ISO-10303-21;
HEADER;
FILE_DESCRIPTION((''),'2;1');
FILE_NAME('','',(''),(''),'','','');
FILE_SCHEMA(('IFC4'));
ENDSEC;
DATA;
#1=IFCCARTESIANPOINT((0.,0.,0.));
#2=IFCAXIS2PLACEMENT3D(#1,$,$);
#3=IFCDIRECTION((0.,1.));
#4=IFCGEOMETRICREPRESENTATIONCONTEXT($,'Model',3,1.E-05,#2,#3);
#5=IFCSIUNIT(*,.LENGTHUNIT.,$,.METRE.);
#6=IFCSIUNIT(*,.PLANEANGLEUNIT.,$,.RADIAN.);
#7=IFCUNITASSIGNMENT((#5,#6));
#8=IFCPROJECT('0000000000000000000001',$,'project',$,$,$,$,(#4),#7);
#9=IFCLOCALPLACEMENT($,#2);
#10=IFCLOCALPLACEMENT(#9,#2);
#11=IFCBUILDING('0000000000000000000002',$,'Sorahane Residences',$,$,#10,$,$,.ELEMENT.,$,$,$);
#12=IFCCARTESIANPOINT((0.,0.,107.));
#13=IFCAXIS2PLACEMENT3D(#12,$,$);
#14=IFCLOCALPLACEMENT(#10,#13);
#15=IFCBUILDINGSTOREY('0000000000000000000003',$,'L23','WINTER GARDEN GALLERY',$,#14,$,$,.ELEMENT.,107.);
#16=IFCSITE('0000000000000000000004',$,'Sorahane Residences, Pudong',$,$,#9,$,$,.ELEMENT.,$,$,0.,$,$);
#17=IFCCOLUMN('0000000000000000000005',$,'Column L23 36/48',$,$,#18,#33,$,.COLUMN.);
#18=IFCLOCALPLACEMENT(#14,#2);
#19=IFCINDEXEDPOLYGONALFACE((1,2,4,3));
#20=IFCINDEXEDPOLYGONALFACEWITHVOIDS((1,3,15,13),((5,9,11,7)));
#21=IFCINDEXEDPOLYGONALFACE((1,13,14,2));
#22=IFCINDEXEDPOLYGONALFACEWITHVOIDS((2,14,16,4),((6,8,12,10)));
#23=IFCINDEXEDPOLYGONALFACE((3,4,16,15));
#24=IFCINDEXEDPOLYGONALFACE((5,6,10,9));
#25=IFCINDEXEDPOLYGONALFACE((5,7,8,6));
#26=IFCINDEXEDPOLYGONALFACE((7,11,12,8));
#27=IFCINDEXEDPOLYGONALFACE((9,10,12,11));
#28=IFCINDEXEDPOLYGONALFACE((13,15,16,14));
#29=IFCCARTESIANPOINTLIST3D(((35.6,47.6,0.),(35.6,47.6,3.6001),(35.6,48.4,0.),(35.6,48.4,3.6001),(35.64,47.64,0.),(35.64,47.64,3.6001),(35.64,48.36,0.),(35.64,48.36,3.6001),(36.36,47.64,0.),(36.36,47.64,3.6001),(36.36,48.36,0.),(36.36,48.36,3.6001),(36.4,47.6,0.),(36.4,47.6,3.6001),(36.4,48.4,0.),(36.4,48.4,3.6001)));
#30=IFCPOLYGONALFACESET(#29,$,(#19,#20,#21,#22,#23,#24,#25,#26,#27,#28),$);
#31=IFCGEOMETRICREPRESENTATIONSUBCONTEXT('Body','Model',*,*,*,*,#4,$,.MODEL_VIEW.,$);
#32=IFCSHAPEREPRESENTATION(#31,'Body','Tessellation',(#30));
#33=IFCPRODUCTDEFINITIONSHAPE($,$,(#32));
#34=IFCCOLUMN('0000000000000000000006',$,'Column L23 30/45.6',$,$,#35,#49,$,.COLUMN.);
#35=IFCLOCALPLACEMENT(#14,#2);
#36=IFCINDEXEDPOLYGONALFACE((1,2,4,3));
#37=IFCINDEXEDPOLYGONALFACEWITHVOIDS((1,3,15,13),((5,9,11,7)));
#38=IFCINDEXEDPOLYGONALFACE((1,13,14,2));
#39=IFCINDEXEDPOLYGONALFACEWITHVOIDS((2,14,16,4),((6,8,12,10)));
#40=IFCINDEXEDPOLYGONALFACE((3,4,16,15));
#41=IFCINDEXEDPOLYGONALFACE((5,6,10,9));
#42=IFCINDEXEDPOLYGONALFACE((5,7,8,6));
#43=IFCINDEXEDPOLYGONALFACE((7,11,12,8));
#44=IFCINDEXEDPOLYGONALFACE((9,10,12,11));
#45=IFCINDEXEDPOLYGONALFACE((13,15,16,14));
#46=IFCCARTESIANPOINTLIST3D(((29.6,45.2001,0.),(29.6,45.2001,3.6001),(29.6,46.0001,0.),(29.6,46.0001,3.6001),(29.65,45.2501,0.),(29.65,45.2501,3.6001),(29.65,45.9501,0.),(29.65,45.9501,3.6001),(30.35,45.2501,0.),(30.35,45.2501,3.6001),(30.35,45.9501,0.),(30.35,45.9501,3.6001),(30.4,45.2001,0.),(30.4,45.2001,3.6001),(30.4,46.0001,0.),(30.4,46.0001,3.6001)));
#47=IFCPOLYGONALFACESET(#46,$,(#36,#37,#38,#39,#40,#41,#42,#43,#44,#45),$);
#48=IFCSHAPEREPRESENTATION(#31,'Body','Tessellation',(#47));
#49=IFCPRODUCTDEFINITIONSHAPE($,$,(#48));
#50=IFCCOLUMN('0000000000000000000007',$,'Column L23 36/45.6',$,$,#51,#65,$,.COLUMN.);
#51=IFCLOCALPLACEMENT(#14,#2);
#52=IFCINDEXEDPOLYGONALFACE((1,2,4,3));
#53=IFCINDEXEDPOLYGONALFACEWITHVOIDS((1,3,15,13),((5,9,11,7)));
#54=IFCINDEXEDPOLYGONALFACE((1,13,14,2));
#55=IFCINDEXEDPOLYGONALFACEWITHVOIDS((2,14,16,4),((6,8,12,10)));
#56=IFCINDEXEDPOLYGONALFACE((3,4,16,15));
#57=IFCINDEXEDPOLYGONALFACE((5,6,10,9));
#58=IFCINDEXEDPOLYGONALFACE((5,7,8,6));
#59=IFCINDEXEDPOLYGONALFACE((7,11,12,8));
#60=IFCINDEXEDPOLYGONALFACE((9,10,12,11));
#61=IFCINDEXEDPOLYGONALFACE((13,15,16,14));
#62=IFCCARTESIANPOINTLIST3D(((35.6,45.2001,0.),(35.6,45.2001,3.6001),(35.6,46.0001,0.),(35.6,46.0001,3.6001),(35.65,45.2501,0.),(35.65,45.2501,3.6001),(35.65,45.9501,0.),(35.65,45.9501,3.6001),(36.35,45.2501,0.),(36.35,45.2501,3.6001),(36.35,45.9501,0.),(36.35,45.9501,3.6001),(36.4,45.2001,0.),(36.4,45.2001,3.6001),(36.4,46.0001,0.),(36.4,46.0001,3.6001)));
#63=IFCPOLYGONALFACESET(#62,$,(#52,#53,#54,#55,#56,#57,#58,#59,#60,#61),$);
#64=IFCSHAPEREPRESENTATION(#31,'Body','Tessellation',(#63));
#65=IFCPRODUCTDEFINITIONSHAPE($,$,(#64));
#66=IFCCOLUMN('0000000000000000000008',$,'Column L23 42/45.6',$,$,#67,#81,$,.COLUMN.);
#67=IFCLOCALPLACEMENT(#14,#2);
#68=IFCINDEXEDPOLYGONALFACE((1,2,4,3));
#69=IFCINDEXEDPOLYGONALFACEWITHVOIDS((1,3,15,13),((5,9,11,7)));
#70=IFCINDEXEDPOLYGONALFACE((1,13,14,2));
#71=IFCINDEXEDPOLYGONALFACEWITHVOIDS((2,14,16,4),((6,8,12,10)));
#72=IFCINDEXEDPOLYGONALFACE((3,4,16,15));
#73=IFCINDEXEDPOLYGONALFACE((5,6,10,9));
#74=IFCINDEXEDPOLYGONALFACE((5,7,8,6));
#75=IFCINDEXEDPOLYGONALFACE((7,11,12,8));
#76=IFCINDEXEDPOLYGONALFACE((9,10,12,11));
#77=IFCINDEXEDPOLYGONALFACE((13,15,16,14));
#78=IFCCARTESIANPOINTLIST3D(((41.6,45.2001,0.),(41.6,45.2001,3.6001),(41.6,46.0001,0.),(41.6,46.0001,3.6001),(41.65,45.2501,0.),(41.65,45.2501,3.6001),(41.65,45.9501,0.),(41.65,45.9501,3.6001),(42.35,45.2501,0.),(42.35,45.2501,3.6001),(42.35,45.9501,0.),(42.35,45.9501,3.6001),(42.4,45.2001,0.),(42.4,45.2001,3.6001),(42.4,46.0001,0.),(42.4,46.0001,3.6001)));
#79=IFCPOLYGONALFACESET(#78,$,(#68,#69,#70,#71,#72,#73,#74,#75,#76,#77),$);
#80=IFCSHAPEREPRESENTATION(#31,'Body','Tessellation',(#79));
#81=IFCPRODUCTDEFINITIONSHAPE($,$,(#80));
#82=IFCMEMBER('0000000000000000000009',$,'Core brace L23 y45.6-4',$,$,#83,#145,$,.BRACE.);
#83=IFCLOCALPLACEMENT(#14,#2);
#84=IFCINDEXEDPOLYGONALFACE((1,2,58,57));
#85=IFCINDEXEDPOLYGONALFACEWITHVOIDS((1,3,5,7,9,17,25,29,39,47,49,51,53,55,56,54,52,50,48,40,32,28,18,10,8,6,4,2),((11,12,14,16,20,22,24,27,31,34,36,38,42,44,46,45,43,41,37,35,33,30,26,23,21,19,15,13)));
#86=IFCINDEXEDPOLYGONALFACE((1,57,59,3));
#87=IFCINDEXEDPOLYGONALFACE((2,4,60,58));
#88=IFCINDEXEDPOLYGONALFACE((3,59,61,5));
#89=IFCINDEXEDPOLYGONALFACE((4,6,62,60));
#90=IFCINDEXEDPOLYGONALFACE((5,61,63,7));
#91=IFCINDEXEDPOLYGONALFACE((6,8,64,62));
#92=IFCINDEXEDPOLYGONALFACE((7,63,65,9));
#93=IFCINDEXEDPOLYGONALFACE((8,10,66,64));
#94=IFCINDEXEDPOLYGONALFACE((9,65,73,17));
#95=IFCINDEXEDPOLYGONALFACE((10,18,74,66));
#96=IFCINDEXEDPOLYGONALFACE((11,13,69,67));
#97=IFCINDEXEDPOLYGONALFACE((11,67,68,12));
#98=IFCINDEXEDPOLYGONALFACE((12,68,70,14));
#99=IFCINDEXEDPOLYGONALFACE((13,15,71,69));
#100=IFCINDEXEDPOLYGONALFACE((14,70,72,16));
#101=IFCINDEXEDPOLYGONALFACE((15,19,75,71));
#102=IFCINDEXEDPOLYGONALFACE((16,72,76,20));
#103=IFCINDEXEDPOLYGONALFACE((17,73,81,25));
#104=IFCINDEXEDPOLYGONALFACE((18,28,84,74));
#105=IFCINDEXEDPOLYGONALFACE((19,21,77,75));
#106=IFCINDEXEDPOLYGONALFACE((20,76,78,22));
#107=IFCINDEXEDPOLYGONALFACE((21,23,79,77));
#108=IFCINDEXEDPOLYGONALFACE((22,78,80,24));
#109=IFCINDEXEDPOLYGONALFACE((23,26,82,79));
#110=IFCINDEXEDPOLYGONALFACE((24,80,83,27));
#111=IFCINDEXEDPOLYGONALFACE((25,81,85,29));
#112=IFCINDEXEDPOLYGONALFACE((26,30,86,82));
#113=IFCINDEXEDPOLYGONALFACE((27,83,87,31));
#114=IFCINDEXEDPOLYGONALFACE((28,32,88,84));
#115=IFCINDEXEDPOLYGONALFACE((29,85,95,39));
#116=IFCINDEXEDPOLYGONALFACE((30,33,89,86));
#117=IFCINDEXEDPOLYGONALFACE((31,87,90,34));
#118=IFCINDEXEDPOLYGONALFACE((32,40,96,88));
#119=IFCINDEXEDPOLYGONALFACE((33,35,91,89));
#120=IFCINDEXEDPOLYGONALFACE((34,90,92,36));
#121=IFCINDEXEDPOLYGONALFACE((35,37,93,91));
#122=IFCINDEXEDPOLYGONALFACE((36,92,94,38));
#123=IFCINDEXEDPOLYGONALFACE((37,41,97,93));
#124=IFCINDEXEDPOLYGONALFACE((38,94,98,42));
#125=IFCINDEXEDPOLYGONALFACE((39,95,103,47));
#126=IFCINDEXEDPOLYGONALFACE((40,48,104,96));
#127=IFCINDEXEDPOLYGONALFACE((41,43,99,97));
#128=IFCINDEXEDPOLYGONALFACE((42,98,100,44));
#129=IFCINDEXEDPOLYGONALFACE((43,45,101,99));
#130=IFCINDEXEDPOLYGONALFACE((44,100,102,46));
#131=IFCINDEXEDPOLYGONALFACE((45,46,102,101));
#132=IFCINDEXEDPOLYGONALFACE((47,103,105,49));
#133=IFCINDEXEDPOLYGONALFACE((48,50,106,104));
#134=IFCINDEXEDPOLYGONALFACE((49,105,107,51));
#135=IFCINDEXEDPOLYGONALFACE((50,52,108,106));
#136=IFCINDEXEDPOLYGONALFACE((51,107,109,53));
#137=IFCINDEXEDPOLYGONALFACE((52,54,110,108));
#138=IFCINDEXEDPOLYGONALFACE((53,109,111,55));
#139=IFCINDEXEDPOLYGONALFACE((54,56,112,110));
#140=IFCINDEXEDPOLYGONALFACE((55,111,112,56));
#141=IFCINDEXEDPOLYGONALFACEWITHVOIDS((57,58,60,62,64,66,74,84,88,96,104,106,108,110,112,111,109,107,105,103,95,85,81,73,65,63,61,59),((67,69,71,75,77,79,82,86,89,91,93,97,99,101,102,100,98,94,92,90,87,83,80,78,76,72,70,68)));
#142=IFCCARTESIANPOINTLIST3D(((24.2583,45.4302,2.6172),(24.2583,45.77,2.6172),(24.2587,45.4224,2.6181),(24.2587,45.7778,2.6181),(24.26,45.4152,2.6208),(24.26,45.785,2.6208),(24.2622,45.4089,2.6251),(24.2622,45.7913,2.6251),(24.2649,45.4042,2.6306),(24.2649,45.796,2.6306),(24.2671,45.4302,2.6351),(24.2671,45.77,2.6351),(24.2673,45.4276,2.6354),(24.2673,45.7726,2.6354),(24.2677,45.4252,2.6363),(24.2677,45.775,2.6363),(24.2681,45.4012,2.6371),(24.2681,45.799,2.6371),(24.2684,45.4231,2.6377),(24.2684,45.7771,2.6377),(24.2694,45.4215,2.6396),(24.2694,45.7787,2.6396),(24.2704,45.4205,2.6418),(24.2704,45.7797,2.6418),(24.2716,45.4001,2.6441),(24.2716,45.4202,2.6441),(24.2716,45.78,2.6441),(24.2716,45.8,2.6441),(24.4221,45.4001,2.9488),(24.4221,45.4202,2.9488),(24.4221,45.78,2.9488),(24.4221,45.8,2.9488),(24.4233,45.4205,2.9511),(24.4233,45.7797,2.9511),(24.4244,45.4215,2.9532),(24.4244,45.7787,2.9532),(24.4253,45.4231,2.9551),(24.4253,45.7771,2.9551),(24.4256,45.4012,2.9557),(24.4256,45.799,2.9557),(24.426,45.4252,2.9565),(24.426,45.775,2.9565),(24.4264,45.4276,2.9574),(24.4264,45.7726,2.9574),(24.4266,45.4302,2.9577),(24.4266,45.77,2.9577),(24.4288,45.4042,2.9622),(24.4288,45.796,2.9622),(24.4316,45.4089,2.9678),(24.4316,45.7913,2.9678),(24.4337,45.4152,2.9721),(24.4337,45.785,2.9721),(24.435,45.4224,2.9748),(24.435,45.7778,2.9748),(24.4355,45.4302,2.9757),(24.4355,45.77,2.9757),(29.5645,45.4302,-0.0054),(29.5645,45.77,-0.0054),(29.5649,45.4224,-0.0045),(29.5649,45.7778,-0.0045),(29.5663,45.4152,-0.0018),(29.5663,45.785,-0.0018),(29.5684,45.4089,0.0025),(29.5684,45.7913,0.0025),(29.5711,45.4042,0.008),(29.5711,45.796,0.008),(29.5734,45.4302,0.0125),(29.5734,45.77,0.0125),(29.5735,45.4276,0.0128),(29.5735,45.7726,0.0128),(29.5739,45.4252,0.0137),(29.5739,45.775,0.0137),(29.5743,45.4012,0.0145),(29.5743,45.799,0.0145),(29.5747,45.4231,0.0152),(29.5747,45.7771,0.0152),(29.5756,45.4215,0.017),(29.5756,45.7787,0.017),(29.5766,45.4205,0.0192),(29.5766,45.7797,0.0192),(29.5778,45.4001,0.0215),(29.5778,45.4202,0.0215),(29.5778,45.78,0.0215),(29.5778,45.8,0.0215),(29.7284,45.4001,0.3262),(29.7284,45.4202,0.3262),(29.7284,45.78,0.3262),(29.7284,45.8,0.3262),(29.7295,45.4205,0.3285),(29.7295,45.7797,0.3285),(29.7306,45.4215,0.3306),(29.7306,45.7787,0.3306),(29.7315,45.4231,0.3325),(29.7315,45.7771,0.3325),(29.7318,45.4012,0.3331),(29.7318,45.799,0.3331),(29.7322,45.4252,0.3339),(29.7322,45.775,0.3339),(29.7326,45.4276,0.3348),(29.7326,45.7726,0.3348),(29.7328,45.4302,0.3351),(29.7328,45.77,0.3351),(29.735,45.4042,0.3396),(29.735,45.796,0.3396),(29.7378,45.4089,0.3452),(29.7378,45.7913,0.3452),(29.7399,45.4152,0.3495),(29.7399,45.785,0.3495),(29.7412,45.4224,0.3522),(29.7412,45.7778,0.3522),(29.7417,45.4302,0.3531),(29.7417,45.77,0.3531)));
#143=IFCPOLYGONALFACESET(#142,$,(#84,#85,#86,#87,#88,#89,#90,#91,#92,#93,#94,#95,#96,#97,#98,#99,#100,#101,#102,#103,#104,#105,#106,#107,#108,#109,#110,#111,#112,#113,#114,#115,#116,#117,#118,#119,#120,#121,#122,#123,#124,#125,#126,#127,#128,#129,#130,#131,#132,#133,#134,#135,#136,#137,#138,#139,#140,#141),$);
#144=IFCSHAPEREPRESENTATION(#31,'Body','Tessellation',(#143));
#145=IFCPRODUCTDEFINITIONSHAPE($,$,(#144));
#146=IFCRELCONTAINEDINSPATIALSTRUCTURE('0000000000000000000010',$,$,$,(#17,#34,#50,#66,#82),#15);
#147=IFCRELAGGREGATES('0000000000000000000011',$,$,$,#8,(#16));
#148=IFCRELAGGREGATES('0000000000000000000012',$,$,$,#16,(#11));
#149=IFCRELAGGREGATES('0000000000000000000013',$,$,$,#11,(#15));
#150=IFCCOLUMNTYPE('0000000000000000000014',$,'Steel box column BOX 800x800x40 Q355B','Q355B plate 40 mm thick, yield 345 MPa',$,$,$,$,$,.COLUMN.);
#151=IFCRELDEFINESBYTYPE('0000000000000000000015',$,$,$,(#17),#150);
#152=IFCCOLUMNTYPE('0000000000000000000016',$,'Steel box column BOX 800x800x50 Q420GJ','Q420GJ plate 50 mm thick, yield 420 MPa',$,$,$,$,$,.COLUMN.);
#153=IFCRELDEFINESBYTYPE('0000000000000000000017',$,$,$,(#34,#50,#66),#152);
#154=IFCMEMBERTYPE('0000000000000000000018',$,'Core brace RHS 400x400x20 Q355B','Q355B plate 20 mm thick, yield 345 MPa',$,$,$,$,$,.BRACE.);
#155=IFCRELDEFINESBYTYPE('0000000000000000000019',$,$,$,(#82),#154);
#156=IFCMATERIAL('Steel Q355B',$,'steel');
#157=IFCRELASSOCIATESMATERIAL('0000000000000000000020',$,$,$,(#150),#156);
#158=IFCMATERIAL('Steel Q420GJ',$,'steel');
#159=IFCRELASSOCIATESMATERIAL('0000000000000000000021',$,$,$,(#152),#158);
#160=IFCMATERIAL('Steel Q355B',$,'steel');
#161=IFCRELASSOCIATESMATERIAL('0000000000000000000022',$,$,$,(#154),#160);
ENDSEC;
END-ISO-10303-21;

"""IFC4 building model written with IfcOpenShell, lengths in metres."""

from ifc_helpers import new_model, si_unit, direction, frame, origin, origin_2d, place, context, subcontext, project, spatial, hollow_rectangle, extrude, material, material_profile, profile_set, type_object, element, save


model = new_model("IFC4")

# Units and contexts
model_context = context("Model", 3, precision=1e-05, world=origin(), true_north=direction((0.0, 1.0)))
body_context = subcontext(model_context, "Body", "Model", "MODEL_VIEW")
ifc_project = project(units=[si_unit("LENGTHUNIT", "METRE"), si_unit("PLANEANGLEUNIT", "RADIAN")], contexts=[model_context])

# Site, building, storey
site_placement = place(None, origin())
site = spatial("IfcSite", under=ifc_project, at=site_placement, Name="Sorahane Residences, Pudong", CompositionType="ELEMENT", RefElevation=0.0)
building_placement = place(site_placement, origin())
building = spatial("IfcBuilding", under=site, at=building_placement, Name="Sorahane Residences", CompositionType="ELEMENT")
storey_placement = place(building_placement, frame((0.0, 0.0, 107.0)))
storey = spatial("IfcBuildingStorey", under=building, at=storey_placement, Name="L23", Description="WINTER GARDEN GALLERY", CompositionType="ELEMENT", Elevation=107.0)

# Columns
ifc_material_1 = material(Name="Steel Q355B", Category="steel")
ifc_material_profile_1 = material_profile(ifc_material_1, hollow_rectangle(XDim=0.8, YDim=0.8, WallThickness=0.04, at=origin_2d()), Name="BOX 800x800x40")
ifc_profile_set_1 = profile_set([ifc_material_profile_1], Name="Steel Q355B")
column_type_1 = type_object("IfcColumnType", Name="Steel box column BOX 800x800x40 Q355B", Description="Q355B plate 40 mm thick, yield 345 MPa", PredefinedType="COLUMN", material=ifc_profile_set_1)
column_placement = place(storey_placement, frame((36.0, 48.0, 0.0), z_axis=(0.0, 0.0, 1.0), x_axis=(1.0, 0.0, 0.0)))
element("IfcColumn", 1, at=column_placement, inside=storey, type_object=column_type_1, Name="Column L23 36/48", PredefinedType="COLUMN", context=body_context, shape_type="SweptSolid", body=[
    extrude(hollow_rectangle(XDim=0.8, YDim=0.8, WallThickness=0.04, at=origin_2d()), origin(), (0.0, 0.0, 1.0), 3.6001),
])
ifc_material_2 = material(Name="Steel Q420GJ", Category="steel")
ifc_material_profile_2 = material_profile(ifc_material_2, hollow_rectangle(XDim=0.8, YDim=0.8, WallThickness=0.05, at=origin_2d()), Name="BOX 800x800x50")
ifc_profile_set_2 = profile_set([ifc_material_profile_2], Name="Steel Q420GJ")
column_type_2 = type_object("IfcColumnType", Name="Steel box column BOX 800x800x50 Q420GJ", Description="Q420GJ plate 50 mm thick, yield 420 MPa", PredefinedType="COLUMN", material=ifc_profile_set_2)
for number, where, z_axis, x_axis, name in (
    (2, (30.0, 45.6001, 0.0), (0.0, 0.0, 1.0), (1.0, 0.0, 0.0), "Column L23 30/45.6"),
    (3, (36.0, 45.6001, 0.0), (0.0, 0.0, 1.0), (1.0, 0.0, 0.0), "Column L23 36/45.6"),
    (4, (42.0, 45.6001, 0.0), (0.0, 0.0, 1.0), (1.0, 0.0, 0.0), "Column L23 42/45.6"),
):
    element("IfcColumn", number, at=place(storey_placement, frame(where, z_axis=z_axis, x_axis=x_axis)), inside=storey, type_object=column_type_2, Name=name, PredefinedType="COLUMN", context=body_context, shape_type="SweptSolid", body=[
        extrude(hollow_rectangle(XDim=0.8, YDim=0.8, WallThickness=0.05, at=origin_2d()), origin(), (0.0, 0.0, 1.0), 3.6001),
    ])

# Member
ifc_material_3 = material(Name="Steel Q355B", Category="steel")
ifc_material_profile_3 = material_profile(ifc_material_3, hollow_rectangle(XDim=0.3999, YDim=0.3999, WallThickness=0.02, InnerFilletRadius=0.01, OuterFilletRadius=0.03, at=origin_2d()), Name="RHS 400x400x20")
ifc_profile_set_3 = profile_set([ifc_material_profile_3], Name="Steel Q355B")
member_type_1 = type_object("IfcMemberType", Name="Core brace RHS 400x400x20 Q355B", Description="Q355B plate 20 mm thick, yield 345 MPa", PredefinedType="BRACE", material=ifc_profile_set_3)
for number, where, z_axis, x_axis, name in (
    (5, (29.6531, 45.6001, 0.1738), (-0.89648, 0.0, 0.443084), (0.0, -1.0, 0.0), "Core brace L23 y45.6-4"),
):
    element("IfcMember", number, at=place(storey_placement, frame(where, z_axis=z_axis, x_axis=x_axis)), inside=storey, type_object=member_type_1, Name=name, PredefinedType="BRACE", context=body_context, shape_type="SweptSolid", body=[
        extrude(hollow_rectangle(XDim=0.3999, YDim=0.3999, WallThickness=0.02, InnerFilletRadius=0.01, OuterFilletRadius=0.03, at=origin_2d()), origin(), (0.0, 0.0, 1.0), 5.9189),
    ])

save(model, "model.ifc")
